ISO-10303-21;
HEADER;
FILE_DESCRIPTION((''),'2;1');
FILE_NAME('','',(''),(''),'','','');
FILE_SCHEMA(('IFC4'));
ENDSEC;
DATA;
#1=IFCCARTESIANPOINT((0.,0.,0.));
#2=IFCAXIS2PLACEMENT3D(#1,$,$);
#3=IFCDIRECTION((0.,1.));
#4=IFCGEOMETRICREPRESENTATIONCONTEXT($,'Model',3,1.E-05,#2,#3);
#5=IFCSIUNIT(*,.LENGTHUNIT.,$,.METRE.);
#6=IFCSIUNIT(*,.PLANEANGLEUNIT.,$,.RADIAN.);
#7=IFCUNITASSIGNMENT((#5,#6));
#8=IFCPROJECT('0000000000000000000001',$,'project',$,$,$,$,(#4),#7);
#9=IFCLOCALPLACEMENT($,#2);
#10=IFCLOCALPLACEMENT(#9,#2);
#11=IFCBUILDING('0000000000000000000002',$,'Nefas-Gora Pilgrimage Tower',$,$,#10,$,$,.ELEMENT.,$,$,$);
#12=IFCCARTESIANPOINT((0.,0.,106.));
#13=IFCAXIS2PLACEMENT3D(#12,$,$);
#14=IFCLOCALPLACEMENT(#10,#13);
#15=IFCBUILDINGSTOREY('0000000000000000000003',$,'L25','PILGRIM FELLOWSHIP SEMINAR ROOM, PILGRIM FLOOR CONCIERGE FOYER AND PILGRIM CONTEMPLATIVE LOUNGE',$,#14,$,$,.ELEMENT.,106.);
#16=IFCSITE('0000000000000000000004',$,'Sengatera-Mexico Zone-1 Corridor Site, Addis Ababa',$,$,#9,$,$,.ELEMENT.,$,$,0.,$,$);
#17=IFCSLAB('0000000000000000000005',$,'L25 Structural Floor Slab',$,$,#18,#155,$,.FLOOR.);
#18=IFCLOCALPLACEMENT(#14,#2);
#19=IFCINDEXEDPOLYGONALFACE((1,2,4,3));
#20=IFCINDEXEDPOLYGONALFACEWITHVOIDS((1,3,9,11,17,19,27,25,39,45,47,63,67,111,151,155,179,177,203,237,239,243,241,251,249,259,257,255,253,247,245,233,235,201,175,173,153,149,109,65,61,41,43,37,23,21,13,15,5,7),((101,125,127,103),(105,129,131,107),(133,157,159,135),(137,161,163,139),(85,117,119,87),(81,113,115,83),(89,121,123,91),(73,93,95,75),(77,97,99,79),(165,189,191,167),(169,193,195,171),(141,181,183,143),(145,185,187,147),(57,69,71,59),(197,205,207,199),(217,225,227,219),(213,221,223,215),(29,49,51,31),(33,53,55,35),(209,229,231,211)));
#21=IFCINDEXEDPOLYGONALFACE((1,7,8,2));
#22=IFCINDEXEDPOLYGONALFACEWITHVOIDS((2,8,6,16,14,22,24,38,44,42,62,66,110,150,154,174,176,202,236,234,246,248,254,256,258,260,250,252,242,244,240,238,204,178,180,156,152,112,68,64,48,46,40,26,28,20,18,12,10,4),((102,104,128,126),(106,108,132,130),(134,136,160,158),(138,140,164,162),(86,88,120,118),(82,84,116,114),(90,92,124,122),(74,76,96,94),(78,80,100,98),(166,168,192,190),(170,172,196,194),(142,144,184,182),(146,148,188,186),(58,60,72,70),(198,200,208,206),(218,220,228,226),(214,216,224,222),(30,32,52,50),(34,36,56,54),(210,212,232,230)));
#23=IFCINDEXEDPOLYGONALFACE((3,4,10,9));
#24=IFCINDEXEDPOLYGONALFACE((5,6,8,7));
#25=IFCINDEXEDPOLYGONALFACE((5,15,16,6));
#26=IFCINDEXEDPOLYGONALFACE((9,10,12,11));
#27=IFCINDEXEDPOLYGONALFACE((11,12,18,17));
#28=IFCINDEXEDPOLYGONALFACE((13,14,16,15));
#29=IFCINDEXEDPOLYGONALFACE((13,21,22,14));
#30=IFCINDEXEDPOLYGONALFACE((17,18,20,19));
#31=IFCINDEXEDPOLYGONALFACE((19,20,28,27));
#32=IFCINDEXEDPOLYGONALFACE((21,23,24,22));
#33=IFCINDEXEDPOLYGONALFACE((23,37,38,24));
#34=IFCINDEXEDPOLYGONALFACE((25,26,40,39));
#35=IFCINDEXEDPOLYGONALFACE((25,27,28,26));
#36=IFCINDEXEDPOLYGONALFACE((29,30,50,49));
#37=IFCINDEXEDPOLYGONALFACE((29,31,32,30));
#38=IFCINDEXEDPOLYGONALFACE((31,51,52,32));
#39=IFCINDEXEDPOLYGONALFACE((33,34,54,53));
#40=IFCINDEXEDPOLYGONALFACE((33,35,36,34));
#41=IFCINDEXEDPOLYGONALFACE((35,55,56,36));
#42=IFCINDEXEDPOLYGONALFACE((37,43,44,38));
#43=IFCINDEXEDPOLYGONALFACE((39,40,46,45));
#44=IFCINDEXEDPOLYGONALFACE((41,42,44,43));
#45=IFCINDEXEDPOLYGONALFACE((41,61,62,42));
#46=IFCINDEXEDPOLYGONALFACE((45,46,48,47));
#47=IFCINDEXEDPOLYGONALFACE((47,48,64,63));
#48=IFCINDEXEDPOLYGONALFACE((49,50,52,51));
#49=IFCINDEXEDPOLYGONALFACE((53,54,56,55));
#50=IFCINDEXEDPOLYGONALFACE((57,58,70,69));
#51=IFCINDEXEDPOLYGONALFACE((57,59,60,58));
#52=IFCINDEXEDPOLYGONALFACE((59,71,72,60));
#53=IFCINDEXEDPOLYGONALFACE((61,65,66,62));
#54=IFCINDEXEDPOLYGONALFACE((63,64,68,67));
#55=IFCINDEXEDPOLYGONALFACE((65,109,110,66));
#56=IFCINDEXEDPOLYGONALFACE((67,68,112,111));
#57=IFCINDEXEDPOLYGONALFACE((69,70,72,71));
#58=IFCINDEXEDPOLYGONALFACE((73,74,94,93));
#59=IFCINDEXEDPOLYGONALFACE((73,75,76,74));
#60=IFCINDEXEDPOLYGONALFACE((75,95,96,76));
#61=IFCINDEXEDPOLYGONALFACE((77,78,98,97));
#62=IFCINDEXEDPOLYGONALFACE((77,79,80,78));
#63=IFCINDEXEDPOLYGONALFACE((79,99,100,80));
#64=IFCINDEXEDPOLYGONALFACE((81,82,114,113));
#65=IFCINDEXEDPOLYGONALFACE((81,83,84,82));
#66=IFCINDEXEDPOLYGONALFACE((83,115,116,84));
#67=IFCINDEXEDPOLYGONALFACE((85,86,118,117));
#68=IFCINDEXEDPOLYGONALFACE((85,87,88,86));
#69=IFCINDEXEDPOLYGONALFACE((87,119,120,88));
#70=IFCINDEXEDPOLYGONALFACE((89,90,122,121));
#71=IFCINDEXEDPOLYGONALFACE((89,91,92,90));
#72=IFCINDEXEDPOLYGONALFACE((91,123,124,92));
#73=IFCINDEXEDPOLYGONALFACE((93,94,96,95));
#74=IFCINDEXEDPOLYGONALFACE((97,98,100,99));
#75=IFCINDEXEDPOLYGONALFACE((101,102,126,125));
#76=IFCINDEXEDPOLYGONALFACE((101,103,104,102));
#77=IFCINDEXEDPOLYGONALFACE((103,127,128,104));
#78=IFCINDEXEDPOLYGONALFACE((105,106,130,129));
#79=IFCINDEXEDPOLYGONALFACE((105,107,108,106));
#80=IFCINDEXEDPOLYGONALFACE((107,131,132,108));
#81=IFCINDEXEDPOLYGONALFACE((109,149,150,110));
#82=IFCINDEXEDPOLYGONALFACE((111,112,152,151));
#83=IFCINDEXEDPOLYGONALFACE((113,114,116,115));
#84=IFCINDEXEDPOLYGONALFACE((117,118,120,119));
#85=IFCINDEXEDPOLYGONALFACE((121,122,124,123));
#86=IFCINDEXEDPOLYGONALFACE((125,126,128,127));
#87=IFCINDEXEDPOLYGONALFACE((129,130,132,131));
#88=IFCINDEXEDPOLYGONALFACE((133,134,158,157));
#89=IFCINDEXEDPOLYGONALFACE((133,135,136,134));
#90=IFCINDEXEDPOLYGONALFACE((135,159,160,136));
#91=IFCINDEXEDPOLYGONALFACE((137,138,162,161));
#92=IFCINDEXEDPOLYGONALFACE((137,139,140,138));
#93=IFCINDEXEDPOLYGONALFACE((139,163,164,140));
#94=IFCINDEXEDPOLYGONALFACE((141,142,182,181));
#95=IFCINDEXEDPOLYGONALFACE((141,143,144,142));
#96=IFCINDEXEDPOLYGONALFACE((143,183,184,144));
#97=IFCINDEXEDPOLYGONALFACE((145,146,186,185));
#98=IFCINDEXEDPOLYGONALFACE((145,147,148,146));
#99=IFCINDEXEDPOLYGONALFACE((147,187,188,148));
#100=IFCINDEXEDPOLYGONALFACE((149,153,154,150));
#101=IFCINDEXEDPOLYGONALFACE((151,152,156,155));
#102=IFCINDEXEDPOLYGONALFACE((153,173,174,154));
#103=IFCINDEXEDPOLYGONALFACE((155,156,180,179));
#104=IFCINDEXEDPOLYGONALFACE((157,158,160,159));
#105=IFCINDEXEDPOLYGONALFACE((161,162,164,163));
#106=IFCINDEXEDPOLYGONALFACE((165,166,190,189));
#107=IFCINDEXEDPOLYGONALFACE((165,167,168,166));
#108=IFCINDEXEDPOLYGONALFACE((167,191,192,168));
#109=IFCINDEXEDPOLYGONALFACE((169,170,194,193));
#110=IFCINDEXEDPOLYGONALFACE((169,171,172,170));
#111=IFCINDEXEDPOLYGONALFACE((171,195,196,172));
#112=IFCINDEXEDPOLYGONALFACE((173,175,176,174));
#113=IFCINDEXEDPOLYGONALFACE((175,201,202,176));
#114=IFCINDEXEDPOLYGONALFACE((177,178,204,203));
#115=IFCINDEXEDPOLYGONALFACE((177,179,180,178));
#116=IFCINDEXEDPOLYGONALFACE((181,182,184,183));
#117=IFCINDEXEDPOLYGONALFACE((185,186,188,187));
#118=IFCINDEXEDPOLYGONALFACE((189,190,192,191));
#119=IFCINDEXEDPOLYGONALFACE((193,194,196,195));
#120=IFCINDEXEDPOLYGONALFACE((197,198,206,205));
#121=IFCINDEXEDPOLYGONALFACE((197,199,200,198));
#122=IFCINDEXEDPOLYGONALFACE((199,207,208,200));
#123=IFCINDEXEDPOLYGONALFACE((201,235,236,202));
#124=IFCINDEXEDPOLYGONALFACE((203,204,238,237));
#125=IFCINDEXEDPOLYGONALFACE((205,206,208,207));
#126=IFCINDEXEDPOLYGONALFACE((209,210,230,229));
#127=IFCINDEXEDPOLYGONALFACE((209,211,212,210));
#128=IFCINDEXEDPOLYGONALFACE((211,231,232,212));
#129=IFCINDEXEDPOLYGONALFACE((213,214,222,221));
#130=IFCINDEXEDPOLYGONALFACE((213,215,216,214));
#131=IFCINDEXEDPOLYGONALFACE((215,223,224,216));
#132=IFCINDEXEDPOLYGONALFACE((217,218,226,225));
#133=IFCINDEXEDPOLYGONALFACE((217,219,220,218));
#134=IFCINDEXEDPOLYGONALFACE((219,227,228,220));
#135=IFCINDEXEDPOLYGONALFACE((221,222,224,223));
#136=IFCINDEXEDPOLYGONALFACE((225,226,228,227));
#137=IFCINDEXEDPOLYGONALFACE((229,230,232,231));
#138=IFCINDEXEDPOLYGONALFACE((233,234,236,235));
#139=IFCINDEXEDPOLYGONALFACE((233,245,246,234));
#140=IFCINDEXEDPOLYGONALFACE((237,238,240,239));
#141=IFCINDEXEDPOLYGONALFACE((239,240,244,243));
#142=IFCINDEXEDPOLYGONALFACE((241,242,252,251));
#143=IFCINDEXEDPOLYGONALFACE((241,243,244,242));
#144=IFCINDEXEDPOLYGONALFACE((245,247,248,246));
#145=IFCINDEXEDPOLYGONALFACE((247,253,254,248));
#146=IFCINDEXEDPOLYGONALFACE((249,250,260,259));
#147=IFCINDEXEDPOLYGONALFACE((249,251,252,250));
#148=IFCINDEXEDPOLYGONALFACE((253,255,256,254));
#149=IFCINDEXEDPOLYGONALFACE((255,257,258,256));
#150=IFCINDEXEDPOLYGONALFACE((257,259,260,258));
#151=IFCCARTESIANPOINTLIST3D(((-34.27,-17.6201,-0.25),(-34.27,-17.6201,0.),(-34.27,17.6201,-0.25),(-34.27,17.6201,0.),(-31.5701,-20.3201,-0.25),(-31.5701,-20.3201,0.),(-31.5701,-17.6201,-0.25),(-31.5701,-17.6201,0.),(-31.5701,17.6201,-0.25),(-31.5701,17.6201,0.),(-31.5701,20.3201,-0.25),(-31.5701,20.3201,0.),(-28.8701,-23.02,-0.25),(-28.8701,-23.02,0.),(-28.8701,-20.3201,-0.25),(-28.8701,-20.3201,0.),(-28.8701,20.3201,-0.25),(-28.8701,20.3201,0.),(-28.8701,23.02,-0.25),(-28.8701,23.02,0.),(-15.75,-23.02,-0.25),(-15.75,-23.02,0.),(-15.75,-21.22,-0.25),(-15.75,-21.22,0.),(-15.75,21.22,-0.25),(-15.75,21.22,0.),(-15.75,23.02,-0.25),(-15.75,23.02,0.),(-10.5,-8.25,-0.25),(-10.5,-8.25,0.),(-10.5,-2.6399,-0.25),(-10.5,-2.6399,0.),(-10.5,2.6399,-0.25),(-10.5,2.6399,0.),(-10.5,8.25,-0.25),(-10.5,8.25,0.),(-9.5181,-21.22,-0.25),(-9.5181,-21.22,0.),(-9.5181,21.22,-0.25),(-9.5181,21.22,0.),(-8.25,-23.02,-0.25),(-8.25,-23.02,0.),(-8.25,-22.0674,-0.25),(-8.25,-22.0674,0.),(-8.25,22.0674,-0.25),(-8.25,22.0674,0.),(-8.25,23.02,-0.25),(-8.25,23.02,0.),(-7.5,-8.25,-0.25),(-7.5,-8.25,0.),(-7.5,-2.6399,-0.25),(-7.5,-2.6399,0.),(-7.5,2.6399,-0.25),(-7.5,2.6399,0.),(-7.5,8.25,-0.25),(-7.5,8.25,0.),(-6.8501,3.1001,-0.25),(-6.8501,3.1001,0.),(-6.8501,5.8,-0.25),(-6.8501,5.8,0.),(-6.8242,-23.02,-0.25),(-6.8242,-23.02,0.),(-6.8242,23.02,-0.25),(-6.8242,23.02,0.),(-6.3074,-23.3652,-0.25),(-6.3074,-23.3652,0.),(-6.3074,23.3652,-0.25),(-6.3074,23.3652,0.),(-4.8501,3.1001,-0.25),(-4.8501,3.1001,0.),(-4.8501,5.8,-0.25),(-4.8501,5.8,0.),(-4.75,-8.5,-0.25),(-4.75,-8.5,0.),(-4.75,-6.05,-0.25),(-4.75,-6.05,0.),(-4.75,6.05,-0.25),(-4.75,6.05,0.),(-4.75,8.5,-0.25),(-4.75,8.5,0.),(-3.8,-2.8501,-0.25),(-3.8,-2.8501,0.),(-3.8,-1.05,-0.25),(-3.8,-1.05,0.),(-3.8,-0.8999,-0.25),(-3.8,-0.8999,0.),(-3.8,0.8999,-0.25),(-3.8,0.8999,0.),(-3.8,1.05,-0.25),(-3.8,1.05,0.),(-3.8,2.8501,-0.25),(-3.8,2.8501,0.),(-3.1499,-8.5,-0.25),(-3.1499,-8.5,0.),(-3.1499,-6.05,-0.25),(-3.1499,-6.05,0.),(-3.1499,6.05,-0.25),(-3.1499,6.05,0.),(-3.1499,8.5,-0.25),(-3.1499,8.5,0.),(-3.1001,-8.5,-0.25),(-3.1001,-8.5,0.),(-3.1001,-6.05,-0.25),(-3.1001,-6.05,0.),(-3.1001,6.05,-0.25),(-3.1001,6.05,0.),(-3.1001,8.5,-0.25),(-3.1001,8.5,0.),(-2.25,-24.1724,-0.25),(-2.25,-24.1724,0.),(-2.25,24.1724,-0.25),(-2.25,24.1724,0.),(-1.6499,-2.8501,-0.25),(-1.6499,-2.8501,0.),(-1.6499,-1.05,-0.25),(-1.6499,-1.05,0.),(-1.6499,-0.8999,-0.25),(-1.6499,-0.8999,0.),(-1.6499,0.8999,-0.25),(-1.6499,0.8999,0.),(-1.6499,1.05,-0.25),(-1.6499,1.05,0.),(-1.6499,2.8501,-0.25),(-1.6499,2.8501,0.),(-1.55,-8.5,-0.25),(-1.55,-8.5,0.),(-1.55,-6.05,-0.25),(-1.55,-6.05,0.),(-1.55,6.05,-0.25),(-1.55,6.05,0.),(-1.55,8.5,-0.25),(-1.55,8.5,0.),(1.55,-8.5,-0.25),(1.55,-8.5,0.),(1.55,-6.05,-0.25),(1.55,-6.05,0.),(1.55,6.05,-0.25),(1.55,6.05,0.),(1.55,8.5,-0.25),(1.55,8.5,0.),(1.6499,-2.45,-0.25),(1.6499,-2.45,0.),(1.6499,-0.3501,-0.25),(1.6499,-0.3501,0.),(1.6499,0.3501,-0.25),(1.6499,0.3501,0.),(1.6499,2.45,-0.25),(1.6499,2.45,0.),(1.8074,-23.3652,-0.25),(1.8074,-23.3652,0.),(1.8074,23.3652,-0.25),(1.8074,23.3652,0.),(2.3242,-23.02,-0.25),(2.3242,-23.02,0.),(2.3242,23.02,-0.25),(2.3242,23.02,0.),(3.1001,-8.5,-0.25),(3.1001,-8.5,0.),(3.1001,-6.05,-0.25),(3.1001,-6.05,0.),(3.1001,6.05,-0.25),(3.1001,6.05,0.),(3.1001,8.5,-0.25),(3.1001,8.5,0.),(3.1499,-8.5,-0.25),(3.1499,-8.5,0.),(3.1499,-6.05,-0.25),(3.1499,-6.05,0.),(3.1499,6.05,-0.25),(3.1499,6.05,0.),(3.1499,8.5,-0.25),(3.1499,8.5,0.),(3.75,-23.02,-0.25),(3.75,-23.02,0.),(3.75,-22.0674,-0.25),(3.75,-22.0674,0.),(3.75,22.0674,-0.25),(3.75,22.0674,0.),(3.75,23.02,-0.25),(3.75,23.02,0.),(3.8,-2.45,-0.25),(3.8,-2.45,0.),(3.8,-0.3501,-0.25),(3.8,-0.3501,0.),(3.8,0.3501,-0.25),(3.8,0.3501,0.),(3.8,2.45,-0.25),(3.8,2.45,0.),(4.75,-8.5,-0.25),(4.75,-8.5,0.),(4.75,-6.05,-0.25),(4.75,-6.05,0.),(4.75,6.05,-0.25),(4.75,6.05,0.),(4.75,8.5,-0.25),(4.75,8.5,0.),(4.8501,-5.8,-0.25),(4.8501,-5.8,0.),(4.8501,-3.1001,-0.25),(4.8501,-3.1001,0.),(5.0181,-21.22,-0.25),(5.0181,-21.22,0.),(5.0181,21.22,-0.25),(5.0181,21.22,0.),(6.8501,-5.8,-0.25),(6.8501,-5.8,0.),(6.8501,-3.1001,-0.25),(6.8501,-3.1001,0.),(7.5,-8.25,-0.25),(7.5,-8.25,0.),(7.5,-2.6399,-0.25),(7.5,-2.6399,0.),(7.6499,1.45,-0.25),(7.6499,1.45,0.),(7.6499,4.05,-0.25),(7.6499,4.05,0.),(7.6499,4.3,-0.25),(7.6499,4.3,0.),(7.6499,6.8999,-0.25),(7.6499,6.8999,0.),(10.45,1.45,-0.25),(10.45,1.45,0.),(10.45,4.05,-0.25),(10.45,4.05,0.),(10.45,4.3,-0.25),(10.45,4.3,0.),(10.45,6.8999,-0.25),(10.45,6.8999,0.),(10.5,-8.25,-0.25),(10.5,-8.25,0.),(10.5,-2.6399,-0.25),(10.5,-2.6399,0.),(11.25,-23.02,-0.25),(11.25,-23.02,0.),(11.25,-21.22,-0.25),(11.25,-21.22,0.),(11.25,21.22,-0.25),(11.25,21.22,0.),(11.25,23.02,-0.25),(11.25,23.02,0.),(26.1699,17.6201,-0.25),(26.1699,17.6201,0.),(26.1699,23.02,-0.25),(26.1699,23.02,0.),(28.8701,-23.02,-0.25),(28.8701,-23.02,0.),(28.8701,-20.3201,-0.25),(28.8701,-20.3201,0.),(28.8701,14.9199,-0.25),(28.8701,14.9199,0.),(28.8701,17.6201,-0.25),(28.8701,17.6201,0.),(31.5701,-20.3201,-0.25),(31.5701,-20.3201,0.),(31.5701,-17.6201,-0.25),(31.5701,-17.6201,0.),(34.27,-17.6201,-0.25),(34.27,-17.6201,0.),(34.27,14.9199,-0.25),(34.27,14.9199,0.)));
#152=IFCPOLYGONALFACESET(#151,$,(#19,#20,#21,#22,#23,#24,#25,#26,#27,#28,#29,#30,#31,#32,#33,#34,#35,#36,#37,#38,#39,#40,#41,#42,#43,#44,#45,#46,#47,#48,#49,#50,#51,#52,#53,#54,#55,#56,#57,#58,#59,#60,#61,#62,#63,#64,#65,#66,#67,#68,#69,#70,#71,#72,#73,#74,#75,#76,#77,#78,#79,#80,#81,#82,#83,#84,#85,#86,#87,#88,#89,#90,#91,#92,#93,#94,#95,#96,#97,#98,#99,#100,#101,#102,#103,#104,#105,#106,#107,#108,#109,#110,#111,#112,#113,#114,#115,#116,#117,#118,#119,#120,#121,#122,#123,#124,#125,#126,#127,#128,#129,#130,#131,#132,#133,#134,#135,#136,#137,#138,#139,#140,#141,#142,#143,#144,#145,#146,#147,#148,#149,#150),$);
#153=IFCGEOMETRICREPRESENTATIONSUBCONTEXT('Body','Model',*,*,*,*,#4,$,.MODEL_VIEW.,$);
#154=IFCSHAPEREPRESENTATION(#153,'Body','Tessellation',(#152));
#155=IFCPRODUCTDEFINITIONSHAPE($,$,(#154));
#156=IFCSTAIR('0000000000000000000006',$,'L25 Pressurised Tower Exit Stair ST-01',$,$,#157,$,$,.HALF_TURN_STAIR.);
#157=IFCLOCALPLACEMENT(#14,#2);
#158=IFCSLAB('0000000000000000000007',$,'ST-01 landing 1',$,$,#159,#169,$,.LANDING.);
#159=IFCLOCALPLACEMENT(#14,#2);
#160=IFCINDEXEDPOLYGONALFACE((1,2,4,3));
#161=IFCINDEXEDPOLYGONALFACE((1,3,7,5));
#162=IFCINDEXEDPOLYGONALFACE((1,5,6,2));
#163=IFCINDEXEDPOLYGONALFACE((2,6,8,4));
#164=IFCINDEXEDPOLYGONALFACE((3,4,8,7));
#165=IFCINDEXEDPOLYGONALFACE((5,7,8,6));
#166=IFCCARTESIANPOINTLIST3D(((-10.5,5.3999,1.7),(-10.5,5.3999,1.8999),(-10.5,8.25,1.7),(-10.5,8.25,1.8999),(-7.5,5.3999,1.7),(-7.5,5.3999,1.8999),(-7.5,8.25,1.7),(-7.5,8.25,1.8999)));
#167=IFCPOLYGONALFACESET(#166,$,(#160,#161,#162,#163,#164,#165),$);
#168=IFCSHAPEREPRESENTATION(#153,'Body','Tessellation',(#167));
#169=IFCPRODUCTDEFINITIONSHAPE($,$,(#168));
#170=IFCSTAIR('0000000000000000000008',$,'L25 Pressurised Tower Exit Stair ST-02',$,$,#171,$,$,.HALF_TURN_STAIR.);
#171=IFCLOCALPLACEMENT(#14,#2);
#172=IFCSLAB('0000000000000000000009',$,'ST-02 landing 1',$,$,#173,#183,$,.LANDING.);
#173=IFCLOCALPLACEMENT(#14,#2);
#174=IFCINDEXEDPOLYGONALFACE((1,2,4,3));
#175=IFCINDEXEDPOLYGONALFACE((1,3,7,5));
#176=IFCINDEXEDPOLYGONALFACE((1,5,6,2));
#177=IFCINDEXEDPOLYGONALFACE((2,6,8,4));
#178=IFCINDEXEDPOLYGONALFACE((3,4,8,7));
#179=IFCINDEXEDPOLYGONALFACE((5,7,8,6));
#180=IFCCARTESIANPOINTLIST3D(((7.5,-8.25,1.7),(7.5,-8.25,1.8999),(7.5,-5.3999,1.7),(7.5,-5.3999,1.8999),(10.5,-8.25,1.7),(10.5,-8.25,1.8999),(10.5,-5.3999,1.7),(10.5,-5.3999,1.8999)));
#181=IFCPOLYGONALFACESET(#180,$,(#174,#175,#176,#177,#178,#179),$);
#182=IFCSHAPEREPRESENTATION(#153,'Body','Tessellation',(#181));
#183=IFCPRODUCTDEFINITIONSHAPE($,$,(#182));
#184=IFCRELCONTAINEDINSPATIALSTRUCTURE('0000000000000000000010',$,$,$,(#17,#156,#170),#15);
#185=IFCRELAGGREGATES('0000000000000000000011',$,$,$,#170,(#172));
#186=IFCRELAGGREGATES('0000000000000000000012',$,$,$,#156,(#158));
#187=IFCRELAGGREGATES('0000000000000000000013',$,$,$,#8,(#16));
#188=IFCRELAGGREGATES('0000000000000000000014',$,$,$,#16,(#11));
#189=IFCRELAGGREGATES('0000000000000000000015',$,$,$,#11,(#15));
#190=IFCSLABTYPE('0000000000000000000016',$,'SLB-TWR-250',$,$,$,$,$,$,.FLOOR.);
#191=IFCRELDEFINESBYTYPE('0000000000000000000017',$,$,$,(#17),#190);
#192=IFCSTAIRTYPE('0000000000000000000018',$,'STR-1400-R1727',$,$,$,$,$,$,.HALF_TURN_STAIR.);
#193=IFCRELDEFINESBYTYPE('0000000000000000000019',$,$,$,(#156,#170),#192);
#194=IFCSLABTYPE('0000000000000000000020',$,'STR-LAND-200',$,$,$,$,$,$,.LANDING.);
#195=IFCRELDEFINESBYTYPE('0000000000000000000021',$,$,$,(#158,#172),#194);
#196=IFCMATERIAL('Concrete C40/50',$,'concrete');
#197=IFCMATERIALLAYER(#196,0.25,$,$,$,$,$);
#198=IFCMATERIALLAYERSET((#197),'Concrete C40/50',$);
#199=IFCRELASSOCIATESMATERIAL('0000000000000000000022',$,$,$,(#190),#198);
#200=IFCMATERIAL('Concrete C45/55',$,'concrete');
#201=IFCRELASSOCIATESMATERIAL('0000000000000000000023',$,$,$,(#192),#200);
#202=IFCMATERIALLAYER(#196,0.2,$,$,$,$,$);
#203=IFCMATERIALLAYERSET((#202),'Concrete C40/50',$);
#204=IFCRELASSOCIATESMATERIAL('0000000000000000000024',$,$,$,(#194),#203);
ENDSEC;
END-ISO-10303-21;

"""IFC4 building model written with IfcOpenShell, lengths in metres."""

from ifc_helpers import new_model, si_unit, direction, frame, origin, place, context, subcontext, project, spatial, polyline, outline, extrude, material, layer, layer_set, type_object, element, aggregate, save


model = new_model("IFC4")

# Units and contexts
model_context = context("Model", 3, precision=1e-05, world=origin(), true_north=direction((0.0, 1.0)))
body_context = subcontext(model_context, "Body", "Model", "MODEL_VIEW")
ifc_project = project(units=[si_unit("LENGTHUNIT", "METRE"), si_unit("PLANEANGLEUNIT", "RADIAN")], contexts=[model_context])

# Site, building, storey
site_placement = place(None, origin())
site = spatial("IfcSite", under=ifc_project, at=site_placement, Name="Sengatera-Mexico Zone-1 Corridor Site, Addis Ababa", CompositionType="ELEMENT", RefElevation=0.0)
building_placement = place(site_placement, origin())
building = spatial("IfcBuilding", under=site, at=building_placement, Name="Nefas-Gora Pilgrimage Tower", CompositionType="ELEMENT")
storey_placement = place(building_placement, frame((0.0, 0.0, 106.0)))
storey = spatial("IfcBuildingStorey", under=building, at=storey_placement, Name="L25", Description="PILGRIM FELLOWSHIP SEMINAR ROOM, PILGRIM FLOOR CONCIERGE FOYER AND PILGRIM CONTEMPLATIVE LOUNGE", CompositionType="ELEMENT", Elevation=106.0)

# Slab
ifc_material_1 = material(Name="Concrete C40/50", Category="concrete")
ifc_layer_1 = layer(ifc_material_1, 0.25)
ifc_layer_set_1 = layer_set([ifc_layer_1], Name="Concrete C40/50")
slab_type_1 = type_object("IfcSlabType", Name="SLB-TWR-250", PredefinedType="FLOOR", material=ifc_layer_set_1)
slab_1_placement = place(storey_placement, frame((0.0, 0.0, -0.25)))
element("IfcSlab", 1, at=slab_1_placement, inside=storey, type_object=slab_type_1, Name="L25 Structural Floor Slab", PredefinedType="FLOOR", context=body_context, shape_type="SweptSolid", body=[
    extrude(outline(polyline([(5.0181, -21.22), (11.25, -21.22), (11.25, -23.02), (28.8701, -23.02), (28.8701, -20.3201), (31.5701, -20.3201), (31.5701, -17.6201), (34.27, -17.6201), (34.27, 14.9199), (28.8701, 14.9199), (28.8701, 17.6201), (26.1699, 17.6201), (26.1699, 23.02), (11.25, 23.02), (11.25, 21.22), (5.0181, 21.22), (3.75, 22.0674), (3.75, 23.02), (2.3242, 23.02), (1.8074, 23.3652), (-2.25, 24.1724), (-6.3074, 23.3652), (-6.8242, 23.02), (-8.25, 23.02), (-8.25, 22.0674), (-9.5181, 21.22), (-15.75, 21.22), (-15.75, 23.02), (-28.8701, 23.02), (-28.8701, 20.3201), (-31.5701, 20.3201), (-31.5701, 17.6201), (-34.27, 17.6201), (-34.27, -17.6201), (-31.5701, -17.6201), (-31.5701, -20.3201), (-28.8701, -20.3201), (-28.8701, -23.02), (-15.75, -23.02), (-15.75, -21.22), (-9.5181, -21.22), (-8.25, -22.0674), (-8.25, -23.02), (-6.8242, -23.02), (-6.3074, -23.3652), (-2.25, -24.1724), (1.8074, -23.3652), (2.3242, -23.02), (3.75, -23.02), (3.75, -22.0674), (5.0181, -21.22)]), holes=[polyline([(-10.5, 2.6399), (-10.5, 8.25), (-7.5, 8.25), (-7.5, 2.6399), (-10.5, 2.6399)]), polyline([(10.5, -2.6399), (10.5, -8.25), (7.5, -8.25), (7.5, -2.6399), (10.5, -2.6399)]), polyline([(-7.5, -2.6399), (-7.5, -8.25), (-10.5, -8.25), (-10.5, -2.6399), (-7.5, -2.6399)]), polyline([(-6.8501, 5.8), (-4.8501, 5.8), (-4.8501, 3.1001), (-6.8501, 3.1001), (-6.8501, 5.8)]), polyline([(4.8501, -3.1001), (6.8501, -3.1001), (6.8501, -5.8), (4.8501, -5.8), (4.8501, -3.1001)]), polyline([(7.6499, 4.05), (10.45, 4.05), (10.45, 1.45), (7.6499, 1.45), (7.6499, 4.05)]), polyline([(7.6499, 6.8999), (10.45, 6.8999), (10.45, 4.3), (7.6499, 4.3), (7.6499, 6.8999)]), polyline([(-4.75, 8.5), (-3.1499, 8.5), (-3.1499, 6.05), (-4.75, 6.05), (-4.75, 8.5)]), polyline([(-3.1001, 8.5), (-1.55, 8.5), (-1.55, 6.05), (-3.1001, 6.05), (-3.1001, 8.5)]), polyline([(1.55, 8.5), (3.1001, 8.5), (3.1001, 6.05), (1.55, 6.05), (1.55, 8.5)]), polyline([(3.1499, 8.5), (4.75, 8.5), (4.75, 6.05), (3.1499, 6.05), (3.1499, 8.5)]), polyline([(-4.75, -6.05), (-3.1499, -6.05), (-3.1499, -8.5), (-4.75, -8.5), (-4.75, -6.05)]), polyline([(-3.1001, -6.05), (-1.55, -6.05), (-1.55, -8.5), (-3.1001, -8.5), (-3.1001, -6.05)]), polyline([(1.55, -6.05), (3.1001, -6.05), (3.1001, -8.5), (1.55, -8.5), (1.55, -6.05)]), polyline([(3.1499, -6.05), (4.75, -6.05), (4.75, -8.5), (3.1499, -8.5), (3.1499, -6.05)]), polyline([(-3.8, -1.05), (-1.6499, -1.05), (-1.6499, -2.8501), (-3.8, -2.8501), (-3.8, -1.05)]), polyline([(-3.8, 0.8999), (-1.6499, 0.8999), (-1.6499, -0.8999), (-3.8, -0.8999), (-3.8, 0.8999)]), polyline([(-3.8, 2.8501), (-1.6499, 2.8501), (-1.6499, 1.05), (-3.8, 1.05), (-3.8, 2.8501)]), polyline([(1.6499, -0.3501), (3.8, -0.3501), (3.8, -2.45), (1.6499, -2.45), (1.6499, -0.3501)]), polyline([(1.6499, 2.45), (3.8, 2.45), (3.8, 0.3501), (1.6499, 0.3501), (1.6499, 2.45)])]), origin(), (0.0, 0.0, 1.0), 0.25),
])

# Stairs, slabs
ifc_material_2 = material(Name="Concrete C45/55", Category="concrete")
stair_type = type_object("IfcStairType", Name="STR-1400-R1727", PredefinedType="HALF_TURN_STAIR", material=ifc_material_2)
stair_1_placement = place(storey_placement, origin())
stair_1 = element("IfcStair", 2, at=stair_1_placement, inside=storey, type_object=stair_type, Name="L25 Pressurised Tower Exit Stair ST-01", PredefinedType="HALF_TURN_STAIR")
ifc_layer_2 = layer(ifc_material_1, 0.2)
ifc_layer_set_2 = layer_set([ifc_layer_2], Name="Concrete C40/50")
slab_type_2 = type_object("IfcSlabType", Name="STR-LAND-200", PredefinedType="LANDING", material=ifc_layer_set_2)
slab_2_placement = place(storey_placement, frame((0.0, 0.0, 1.7)))
slab_2 = element("IfcSlab", 3, at=slab_2_placement, type_object=slab_type_2, Name="ST-01 landing 1", PredefinedType="LANDING", context=body_context, shape_type="SweptSolid", body=[
    extrude(outline(polyline([(-7.5, 5.3999), (-7.5, 8.25), (-10.5, 8.25), (-10.5, 5.3999), (-7.5, 5.3999)])), origin(), (0.0, 0.0, 1.0), 0.2),
])
stair_2_placement = place(storey_placement, origin())
stair_2 = element("IfcStair", 4, at=stair_2_placement, inside=storey, type_object=stair_type, Name="L25 Pressurised Tower Exit Stair ST-02", PredefinedType="HALF_TURN_STAIR")
slab_3_placement = place(storey_placement, frame((0.0, 0.0, 1.7)))
slab_3 = element("IfcSlab", 5, at=slab_3_placement, type_object=slab_type_2, Name="ST-02 landing 1", PredefinedType="LANDING", context=body_context, shape_type="SweptSolid", body=[
    extrude(outline(polyline([(7.5, -5.3999), (7.5, -8.25), (10.5, -8.25), (10.5, -5.3999), (7.5, -5.3999)])), origin(), (0.0, 0.0, 1.0), 0.2),
])
aggregate(stair_2, [slab_3])

aggregate(stair_1, [slab_2])

save(model, "model.ifc")
